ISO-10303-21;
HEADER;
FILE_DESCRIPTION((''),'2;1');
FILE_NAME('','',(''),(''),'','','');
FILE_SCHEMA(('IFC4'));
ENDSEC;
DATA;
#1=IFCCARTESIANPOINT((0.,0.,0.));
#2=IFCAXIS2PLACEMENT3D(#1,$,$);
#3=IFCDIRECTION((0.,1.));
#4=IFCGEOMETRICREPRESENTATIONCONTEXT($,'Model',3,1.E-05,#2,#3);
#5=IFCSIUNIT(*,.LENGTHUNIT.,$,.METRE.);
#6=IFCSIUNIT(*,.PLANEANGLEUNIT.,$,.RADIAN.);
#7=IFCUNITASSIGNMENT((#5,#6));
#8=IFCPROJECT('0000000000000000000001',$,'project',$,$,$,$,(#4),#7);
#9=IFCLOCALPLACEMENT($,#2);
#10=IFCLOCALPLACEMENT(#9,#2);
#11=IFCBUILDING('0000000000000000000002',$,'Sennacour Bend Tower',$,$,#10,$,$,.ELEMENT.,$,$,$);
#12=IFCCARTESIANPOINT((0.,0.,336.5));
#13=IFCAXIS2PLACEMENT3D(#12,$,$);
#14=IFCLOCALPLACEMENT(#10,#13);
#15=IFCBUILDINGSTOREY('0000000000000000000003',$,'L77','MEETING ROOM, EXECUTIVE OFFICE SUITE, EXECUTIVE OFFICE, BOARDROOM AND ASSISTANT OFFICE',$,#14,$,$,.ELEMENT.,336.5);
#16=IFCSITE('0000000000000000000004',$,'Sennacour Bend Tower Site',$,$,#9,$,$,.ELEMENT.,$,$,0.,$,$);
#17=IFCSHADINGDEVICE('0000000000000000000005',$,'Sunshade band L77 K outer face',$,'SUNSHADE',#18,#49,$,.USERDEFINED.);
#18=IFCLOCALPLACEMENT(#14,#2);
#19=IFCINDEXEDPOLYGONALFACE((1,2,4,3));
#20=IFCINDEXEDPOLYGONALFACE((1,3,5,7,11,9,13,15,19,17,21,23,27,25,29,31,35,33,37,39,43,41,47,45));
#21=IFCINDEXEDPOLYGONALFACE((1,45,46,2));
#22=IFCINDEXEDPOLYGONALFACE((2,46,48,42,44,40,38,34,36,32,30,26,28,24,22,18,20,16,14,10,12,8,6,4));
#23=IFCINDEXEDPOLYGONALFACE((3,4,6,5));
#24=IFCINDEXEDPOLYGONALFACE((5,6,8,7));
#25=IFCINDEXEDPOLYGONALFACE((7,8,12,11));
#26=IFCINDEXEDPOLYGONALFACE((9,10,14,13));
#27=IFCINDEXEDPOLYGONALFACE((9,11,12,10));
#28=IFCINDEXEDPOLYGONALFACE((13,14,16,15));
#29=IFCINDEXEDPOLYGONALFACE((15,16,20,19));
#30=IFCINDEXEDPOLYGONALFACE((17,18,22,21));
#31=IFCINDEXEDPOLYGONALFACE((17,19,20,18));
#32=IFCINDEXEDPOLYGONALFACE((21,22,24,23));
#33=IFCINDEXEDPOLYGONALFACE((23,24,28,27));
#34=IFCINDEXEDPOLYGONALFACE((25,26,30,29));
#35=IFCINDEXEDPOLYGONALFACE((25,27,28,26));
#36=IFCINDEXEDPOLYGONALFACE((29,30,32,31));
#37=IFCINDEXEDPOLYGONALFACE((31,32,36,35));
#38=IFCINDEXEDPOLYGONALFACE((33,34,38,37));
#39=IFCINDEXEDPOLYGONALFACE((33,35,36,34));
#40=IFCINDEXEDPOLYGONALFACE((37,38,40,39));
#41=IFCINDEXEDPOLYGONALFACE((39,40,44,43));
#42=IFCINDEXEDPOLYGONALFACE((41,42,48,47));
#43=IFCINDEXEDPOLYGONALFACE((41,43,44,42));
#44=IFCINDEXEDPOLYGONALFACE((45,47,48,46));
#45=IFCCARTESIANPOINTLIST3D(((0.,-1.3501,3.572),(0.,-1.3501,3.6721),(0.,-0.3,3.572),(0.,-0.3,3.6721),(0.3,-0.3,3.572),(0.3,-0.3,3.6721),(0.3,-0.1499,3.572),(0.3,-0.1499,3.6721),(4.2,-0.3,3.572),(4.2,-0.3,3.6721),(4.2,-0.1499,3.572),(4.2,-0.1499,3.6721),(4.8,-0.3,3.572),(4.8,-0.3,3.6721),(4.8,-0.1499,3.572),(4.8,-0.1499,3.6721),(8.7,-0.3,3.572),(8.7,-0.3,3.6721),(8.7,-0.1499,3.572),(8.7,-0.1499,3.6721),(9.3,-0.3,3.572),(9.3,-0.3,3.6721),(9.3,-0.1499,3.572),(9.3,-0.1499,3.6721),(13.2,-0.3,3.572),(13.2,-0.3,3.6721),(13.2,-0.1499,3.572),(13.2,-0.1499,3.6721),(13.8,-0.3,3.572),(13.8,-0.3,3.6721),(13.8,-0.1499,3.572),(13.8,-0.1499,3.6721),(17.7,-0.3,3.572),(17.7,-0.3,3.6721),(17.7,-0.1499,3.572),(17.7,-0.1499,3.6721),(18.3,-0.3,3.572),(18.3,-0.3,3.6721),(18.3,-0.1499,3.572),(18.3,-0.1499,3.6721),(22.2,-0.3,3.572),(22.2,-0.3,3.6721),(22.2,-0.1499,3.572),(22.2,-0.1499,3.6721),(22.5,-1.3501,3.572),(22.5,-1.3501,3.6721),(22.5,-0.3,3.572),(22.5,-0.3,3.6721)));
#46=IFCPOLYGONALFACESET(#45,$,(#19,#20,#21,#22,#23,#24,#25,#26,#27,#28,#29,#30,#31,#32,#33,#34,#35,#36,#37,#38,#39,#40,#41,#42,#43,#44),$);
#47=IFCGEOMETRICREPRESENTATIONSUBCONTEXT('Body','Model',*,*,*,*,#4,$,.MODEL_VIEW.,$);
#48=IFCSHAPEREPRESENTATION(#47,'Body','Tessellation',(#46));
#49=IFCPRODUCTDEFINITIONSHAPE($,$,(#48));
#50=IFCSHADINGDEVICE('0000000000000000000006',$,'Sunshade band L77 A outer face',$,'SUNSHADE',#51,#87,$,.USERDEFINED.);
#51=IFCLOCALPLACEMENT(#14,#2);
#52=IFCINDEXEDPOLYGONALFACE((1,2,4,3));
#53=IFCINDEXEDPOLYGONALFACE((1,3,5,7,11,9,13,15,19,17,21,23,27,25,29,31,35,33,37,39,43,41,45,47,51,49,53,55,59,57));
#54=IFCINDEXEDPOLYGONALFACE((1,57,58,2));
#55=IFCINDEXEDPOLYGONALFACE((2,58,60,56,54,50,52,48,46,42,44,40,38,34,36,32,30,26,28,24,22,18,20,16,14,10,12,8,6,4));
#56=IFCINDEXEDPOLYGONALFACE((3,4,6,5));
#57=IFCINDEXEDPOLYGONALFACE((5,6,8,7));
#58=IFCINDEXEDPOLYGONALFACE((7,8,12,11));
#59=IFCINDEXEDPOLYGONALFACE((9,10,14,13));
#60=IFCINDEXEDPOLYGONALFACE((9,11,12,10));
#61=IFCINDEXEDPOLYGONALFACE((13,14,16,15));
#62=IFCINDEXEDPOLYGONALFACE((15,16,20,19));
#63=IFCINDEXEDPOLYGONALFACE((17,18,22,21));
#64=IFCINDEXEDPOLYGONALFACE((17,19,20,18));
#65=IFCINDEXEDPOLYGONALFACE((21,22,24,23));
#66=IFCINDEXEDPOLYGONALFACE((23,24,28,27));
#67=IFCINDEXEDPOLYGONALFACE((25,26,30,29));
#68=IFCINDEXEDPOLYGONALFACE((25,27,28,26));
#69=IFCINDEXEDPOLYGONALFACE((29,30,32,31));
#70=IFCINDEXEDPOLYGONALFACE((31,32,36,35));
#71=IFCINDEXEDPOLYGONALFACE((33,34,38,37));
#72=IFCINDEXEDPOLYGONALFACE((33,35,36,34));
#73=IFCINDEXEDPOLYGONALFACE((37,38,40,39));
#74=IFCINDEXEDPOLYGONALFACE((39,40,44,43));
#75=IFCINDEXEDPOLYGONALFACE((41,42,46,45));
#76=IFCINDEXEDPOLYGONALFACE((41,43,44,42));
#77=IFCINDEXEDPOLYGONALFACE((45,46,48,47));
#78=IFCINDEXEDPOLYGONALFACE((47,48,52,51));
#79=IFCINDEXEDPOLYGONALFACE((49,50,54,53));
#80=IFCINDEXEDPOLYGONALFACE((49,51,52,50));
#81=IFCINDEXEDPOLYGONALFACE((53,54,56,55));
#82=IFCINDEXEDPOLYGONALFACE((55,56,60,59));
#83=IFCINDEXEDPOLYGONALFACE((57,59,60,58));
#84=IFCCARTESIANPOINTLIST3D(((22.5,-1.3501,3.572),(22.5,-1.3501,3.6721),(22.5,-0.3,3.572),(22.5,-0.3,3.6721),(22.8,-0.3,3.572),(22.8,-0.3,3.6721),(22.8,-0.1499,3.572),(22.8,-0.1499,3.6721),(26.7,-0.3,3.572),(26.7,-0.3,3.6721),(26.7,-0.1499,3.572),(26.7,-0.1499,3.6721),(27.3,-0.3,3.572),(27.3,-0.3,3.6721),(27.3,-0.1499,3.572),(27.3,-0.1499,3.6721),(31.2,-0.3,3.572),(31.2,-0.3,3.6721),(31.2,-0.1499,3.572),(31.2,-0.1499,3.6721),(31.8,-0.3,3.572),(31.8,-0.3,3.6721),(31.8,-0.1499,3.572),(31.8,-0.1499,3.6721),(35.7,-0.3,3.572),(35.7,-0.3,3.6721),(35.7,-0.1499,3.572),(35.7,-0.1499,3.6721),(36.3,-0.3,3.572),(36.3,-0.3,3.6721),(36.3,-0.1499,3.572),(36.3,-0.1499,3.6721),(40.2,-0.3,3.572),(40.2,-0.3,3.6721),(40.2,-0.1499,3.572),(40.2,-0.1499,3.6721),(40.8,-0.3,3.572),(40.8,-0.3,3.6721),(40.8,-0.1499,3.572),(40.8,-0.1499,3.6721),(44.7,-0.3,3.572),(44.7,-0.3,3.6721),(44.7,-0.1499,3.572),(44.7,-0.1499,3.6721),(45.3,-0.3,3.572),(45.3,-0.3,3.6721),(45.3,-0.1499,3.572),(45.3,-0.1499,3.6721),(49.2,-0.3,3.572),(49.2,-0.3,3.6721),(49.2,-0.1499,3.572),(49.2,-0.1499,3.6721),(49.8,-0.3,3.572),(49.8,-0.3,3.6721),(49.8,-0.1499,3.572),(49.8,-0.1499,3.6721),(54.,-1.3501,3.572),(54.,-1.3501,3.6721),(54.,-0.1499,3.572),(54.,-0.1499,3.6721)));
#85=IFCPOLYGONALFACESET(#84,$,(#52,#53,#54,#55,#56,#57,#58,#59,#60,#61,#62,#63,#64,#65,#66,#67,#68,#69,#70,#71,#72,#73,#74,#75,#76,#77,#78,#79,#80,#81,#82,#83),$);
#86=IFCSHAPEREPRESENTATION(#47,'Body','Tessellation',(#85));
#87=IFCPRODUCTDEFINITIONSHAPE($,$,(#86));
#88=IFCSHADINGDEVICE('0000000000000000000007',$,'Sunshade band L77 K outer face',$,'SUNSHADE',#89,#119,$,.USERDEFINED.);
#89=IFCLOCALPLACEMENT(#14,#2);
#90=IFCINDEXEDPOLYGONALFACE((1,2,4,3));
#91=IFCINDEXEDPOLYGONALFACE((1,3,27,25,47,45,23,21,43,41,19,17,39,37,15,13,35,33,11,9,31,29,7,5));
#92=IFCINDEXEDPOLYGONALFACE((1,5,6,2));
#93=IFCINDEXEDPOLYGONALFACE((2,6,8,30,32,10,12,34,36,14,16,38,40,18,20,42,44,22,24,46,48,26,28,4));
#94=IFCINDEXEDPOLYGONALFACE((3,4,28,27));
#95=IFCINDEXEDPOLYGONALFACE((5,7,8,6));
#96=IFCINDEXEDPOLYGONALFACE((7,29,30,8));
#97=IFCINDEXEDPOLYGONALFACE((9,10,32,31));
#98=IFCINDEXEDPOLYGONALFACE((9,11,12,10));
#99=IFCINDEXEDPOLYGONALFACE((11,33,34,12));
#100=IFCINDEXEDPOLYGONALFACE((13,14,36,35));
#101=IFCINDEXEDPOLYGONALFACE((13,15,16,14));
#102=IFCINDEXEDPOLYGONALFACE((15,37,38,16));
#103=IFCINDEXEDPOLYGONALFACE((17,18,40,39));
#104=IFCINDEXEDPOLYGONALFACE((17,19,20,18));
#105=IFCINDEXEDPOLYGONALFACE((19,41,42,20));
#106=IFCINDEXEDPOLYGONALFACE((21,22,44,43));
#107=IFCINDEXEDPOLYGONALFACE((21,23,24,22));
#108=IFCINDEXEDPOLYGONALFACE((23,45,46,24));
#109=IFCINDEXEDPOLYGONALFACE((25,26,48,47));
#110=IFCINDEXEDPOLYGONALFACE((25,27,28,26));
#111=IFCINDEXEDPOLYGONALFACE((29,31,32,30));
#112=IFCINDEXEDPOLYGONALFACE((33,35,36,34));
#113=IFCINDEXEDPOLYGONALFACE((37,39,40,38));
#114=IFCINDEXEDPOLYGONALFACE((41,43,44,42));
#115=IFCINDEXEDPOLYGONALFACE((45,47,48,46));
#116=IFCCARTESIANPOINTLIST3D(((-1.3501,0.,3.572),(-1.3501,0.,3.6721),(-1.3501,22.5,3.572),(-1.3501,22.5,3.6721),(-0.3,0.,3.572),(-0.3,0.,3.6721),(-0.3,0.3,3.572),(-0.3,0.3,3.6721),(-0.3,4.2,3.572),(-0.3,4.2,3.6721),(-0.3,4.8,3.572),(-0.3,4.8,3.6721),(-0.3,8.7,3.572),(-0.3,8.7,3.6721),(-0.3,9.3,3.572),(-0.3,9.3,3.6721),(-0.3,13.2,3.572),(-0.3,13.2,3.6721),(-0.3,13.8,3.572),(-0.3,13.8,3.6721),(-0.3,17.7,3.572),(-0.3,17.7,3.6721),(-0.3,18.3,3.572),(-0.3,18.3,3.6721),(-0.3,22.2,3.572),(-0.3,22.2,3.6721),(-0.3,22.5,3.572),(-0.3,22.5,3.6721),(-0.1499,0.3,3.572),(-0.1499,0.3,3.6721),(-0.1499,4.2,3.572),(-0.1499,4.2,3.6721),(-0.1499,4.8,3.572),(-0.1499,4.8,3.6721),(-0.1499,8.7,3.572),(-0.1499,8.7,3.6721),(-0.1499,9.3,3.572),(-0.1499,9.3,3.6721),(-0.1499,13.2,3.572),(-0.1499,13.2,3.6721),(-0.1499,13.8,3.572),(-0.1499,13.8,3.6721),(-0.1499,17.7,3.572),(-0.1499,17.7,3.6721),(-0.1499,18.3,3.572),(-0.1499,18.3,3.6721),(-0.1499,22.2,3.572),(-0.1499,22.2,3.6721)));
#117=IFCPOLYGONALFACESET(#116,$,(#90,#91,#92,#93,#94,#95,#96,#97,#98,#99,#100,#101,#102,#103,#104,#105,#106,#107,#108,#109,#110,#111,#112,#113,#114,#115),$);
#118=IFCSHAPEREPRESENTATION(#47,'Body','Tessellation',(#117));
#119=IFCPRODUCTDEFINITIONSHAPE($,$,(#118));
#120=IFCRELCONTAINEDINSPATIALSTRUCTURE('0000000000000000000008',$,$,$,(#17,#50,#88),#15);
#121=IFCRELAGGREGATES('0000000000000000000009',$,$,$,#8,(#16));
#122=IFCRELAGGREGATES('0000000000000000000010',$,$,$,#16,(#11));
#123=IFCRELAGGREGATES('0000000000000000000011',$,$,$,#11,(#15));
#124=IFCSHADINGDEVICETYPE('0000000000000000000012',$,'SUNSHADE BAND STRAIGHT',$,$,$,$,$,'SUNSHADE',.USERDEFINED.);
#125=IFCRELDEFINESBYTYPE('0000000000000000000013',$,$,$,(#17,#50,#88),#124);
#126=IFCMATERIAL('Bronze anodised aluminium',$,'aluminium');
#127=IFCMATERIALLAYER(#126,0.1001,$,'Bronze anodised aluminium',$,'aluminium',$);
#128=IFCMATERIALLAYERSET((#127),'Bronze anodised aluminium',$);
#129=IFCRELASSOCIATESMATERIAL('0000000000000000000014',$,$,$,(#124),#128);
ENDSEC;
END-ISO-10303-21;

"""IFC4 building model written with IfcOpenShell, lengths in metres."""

from ifc_helpers import new_model, si_unit, direction, frame, origin, place, context, subcontext, project, spatial, polyline, outline, extrude, material, layer, layer_set, type_object, element, save


model = new_model("IFC4")

# Units and contexts
model_context = context("Model", 3, precision=1e-05, world=origin(), true_north=direction((0.0, 1.0)))
body_context = subcontext(model_context, "Body", "Model", "MODEL_VIEW")
ifc_project = project(units=[si_unit("LENGTHUNIT", "METRE"), si_unit("PLANEANGLEUNIT", "RADIAN")], contexts=[model_context])

# Site, building, storey
site_placement = place(None, origin())
site = spatial("IfcSite", under=ifc_project, at=site_placement, Name="Sennacour Bend Tower Site", CompositionType="ELEMENT", RefElevation=0.0)
building_placement = place(site_placement, origin())
building = spatial("IfcBuilding", under=site, at=building_placement, Name="Sennacour Bend Tower", CompositionType="ELEMENT")
storey_placement = place(building_placement, frame((0.0, 0.0, 336.5)))
storey = spatial("IfcBuildingStorey", under=building, at=storey_placement, Name="L77", Description="MEETING ROOM, EXECUTIVE OFFICE SUITE, EXECUTIVE OFFICE, BOARDROOM AND ASSISTANT OFFICE", CompositionType="ELEMENT", Elevation=336.5)

# Shading devices
ifc_material_1 = material(Name="Bronze anodised aluminium", Category="aluminium")
ifc_layer_1 = layer(ifc_material_1, 0.1001, Name="Bronze anodised aluminium", Category="aluminium")
ifc_layer_set_1 = layer_set([ifc_layer_1], Name="Bronze anodised aluminium")
shading_device_type_1 = type_object("IfcShadingDeviceType", Name="SUNSHADE BAND STRAIGHT", ElementType="SUNSHADE", PredefinedType="USERDEFINED", material=ifc_layer_set_1)
shading_device_1_placement = place(storey_placement, frame((0.0, 0.0, 3.572)))
element("IfcShadingDevice", 1, at=shading_device_1_placement, inside=storey, type_object=shading_device_type_1, Name="Sunshade band L77 K outer face", ObjectType="SUNSHADE", PredefinedType="USERDEFINED", context=body_context, shape_type="SweptSolid", body=[
    extrude(outline(polyline([(4.2, -0.1499), (4.2, -0.3), (4.8, -0.3), (4.8, -0.1499), (8.7, -0.1499), (8.7, -0.3), (9.3, -0.3), (9.3, -0.1499), (13.2, -0.1499), (13.2, -0.3), (13.8, -0.3), (13.8, -0.1499), (17.7, -0.1499), (17.7, -0.3), (18.3, -0.3), (18.3, -0.1499), (22.2, -0.1499), (22.2, -0.3), (22.5, -0.3), (22.5, -1.3501), (0.0, -1.3501), (0.0, -0.3), (0.3, -0.3), (0.3, -0.1499), (4.2, -0.1499)])), origin(), (0.0, 0.0, 1.0), 0.1001),
])
shading_device_2_placement = place(storey_placement, frame((0.0, 0.0, 3.572)))
element("IfcShadingDevice", 2, at=shading_device_2_placement, inside=storey, type_object=shading_device_type_1, Name="Sunshade band L77 A outer face", ObjectType="SUNSHADE", PredefinedType="USERDEFINED", context=body_context, shape_type="SweptSolid", body=[
    extrude(outline(polyline([(26.7, -0.1499), (26.7, -0.3), (27.3, -0.3), (27.3, -0.1499), (31.2, -0.1499), (31.2, -0.3), (31.8, -0.3), (31.8, -0.1499), (35.7, -0.1499), (35.7, -0.3), (36.3, -0.3), (36.3, -0.1499), (40.2, -0.1499), (40.2, -0.3), (40.8, -0.3), (40.8, -0.1499), (44.7, -0.1499), (44.7, -0.3), (45.3, -0.3), (45.3, -0.1499), (49.2, -0.1499), (49.2, -0.3), (49.8, -0.3), (49.8, -0.1499), (54.0, -0.1499), (54.0, -1.3501), (22.5, -1.3501), (22.5, -0.3), (22.8, -0.3), (22.8, -0.1499), (26.7, -0.1499)])), origin(), (0.0, 0.0, 1.0), 0.1001),
])
shading_device_3_placement = place(storey_placement, frame((0.0, 0.0, 3.572)))
element("IfcShadingDevice", 3, at=shading_device_3_placement, inside=storey, type_object=shading_device_type_1, Name="Sunshade band L77 K outer face", ObjectType="SUNSHADE", PredefinedType="USERDEFINED", context=body_context, shape_type="SweptSolid", body=[
    extrude(outline(polyline([(-0.1499, 18.3), (-0.3, 18.3), (-0.3, 17.7), (-0.1499, 17.7), (-0.1499, 13.8), (-0.3, 13.8), (-0.3, 13.2), (-0.1499, 13.2), (-0.1499, 9.3), (-0.3, 9.3), (-0.3, 8.7), (-0.1499, 8.7), (-0.1499, 4.8), (-0.3, 4.8), (-0.3, 4.2), (-0.1499, 4.2), (-0.1499, 0.3), (-0.3, 0.3), (-0.3, 0.0), (-1.3501, 0.0), (-1.3501, 22.5), (-0.3, 22.5), (-0.3, 22.2), (-0.1499, 22.2), (-0.1499, 18.3)])), origin(), (0.0, 0.0, 1.0), 0.1001),
])

save(model, "model.ifc")
